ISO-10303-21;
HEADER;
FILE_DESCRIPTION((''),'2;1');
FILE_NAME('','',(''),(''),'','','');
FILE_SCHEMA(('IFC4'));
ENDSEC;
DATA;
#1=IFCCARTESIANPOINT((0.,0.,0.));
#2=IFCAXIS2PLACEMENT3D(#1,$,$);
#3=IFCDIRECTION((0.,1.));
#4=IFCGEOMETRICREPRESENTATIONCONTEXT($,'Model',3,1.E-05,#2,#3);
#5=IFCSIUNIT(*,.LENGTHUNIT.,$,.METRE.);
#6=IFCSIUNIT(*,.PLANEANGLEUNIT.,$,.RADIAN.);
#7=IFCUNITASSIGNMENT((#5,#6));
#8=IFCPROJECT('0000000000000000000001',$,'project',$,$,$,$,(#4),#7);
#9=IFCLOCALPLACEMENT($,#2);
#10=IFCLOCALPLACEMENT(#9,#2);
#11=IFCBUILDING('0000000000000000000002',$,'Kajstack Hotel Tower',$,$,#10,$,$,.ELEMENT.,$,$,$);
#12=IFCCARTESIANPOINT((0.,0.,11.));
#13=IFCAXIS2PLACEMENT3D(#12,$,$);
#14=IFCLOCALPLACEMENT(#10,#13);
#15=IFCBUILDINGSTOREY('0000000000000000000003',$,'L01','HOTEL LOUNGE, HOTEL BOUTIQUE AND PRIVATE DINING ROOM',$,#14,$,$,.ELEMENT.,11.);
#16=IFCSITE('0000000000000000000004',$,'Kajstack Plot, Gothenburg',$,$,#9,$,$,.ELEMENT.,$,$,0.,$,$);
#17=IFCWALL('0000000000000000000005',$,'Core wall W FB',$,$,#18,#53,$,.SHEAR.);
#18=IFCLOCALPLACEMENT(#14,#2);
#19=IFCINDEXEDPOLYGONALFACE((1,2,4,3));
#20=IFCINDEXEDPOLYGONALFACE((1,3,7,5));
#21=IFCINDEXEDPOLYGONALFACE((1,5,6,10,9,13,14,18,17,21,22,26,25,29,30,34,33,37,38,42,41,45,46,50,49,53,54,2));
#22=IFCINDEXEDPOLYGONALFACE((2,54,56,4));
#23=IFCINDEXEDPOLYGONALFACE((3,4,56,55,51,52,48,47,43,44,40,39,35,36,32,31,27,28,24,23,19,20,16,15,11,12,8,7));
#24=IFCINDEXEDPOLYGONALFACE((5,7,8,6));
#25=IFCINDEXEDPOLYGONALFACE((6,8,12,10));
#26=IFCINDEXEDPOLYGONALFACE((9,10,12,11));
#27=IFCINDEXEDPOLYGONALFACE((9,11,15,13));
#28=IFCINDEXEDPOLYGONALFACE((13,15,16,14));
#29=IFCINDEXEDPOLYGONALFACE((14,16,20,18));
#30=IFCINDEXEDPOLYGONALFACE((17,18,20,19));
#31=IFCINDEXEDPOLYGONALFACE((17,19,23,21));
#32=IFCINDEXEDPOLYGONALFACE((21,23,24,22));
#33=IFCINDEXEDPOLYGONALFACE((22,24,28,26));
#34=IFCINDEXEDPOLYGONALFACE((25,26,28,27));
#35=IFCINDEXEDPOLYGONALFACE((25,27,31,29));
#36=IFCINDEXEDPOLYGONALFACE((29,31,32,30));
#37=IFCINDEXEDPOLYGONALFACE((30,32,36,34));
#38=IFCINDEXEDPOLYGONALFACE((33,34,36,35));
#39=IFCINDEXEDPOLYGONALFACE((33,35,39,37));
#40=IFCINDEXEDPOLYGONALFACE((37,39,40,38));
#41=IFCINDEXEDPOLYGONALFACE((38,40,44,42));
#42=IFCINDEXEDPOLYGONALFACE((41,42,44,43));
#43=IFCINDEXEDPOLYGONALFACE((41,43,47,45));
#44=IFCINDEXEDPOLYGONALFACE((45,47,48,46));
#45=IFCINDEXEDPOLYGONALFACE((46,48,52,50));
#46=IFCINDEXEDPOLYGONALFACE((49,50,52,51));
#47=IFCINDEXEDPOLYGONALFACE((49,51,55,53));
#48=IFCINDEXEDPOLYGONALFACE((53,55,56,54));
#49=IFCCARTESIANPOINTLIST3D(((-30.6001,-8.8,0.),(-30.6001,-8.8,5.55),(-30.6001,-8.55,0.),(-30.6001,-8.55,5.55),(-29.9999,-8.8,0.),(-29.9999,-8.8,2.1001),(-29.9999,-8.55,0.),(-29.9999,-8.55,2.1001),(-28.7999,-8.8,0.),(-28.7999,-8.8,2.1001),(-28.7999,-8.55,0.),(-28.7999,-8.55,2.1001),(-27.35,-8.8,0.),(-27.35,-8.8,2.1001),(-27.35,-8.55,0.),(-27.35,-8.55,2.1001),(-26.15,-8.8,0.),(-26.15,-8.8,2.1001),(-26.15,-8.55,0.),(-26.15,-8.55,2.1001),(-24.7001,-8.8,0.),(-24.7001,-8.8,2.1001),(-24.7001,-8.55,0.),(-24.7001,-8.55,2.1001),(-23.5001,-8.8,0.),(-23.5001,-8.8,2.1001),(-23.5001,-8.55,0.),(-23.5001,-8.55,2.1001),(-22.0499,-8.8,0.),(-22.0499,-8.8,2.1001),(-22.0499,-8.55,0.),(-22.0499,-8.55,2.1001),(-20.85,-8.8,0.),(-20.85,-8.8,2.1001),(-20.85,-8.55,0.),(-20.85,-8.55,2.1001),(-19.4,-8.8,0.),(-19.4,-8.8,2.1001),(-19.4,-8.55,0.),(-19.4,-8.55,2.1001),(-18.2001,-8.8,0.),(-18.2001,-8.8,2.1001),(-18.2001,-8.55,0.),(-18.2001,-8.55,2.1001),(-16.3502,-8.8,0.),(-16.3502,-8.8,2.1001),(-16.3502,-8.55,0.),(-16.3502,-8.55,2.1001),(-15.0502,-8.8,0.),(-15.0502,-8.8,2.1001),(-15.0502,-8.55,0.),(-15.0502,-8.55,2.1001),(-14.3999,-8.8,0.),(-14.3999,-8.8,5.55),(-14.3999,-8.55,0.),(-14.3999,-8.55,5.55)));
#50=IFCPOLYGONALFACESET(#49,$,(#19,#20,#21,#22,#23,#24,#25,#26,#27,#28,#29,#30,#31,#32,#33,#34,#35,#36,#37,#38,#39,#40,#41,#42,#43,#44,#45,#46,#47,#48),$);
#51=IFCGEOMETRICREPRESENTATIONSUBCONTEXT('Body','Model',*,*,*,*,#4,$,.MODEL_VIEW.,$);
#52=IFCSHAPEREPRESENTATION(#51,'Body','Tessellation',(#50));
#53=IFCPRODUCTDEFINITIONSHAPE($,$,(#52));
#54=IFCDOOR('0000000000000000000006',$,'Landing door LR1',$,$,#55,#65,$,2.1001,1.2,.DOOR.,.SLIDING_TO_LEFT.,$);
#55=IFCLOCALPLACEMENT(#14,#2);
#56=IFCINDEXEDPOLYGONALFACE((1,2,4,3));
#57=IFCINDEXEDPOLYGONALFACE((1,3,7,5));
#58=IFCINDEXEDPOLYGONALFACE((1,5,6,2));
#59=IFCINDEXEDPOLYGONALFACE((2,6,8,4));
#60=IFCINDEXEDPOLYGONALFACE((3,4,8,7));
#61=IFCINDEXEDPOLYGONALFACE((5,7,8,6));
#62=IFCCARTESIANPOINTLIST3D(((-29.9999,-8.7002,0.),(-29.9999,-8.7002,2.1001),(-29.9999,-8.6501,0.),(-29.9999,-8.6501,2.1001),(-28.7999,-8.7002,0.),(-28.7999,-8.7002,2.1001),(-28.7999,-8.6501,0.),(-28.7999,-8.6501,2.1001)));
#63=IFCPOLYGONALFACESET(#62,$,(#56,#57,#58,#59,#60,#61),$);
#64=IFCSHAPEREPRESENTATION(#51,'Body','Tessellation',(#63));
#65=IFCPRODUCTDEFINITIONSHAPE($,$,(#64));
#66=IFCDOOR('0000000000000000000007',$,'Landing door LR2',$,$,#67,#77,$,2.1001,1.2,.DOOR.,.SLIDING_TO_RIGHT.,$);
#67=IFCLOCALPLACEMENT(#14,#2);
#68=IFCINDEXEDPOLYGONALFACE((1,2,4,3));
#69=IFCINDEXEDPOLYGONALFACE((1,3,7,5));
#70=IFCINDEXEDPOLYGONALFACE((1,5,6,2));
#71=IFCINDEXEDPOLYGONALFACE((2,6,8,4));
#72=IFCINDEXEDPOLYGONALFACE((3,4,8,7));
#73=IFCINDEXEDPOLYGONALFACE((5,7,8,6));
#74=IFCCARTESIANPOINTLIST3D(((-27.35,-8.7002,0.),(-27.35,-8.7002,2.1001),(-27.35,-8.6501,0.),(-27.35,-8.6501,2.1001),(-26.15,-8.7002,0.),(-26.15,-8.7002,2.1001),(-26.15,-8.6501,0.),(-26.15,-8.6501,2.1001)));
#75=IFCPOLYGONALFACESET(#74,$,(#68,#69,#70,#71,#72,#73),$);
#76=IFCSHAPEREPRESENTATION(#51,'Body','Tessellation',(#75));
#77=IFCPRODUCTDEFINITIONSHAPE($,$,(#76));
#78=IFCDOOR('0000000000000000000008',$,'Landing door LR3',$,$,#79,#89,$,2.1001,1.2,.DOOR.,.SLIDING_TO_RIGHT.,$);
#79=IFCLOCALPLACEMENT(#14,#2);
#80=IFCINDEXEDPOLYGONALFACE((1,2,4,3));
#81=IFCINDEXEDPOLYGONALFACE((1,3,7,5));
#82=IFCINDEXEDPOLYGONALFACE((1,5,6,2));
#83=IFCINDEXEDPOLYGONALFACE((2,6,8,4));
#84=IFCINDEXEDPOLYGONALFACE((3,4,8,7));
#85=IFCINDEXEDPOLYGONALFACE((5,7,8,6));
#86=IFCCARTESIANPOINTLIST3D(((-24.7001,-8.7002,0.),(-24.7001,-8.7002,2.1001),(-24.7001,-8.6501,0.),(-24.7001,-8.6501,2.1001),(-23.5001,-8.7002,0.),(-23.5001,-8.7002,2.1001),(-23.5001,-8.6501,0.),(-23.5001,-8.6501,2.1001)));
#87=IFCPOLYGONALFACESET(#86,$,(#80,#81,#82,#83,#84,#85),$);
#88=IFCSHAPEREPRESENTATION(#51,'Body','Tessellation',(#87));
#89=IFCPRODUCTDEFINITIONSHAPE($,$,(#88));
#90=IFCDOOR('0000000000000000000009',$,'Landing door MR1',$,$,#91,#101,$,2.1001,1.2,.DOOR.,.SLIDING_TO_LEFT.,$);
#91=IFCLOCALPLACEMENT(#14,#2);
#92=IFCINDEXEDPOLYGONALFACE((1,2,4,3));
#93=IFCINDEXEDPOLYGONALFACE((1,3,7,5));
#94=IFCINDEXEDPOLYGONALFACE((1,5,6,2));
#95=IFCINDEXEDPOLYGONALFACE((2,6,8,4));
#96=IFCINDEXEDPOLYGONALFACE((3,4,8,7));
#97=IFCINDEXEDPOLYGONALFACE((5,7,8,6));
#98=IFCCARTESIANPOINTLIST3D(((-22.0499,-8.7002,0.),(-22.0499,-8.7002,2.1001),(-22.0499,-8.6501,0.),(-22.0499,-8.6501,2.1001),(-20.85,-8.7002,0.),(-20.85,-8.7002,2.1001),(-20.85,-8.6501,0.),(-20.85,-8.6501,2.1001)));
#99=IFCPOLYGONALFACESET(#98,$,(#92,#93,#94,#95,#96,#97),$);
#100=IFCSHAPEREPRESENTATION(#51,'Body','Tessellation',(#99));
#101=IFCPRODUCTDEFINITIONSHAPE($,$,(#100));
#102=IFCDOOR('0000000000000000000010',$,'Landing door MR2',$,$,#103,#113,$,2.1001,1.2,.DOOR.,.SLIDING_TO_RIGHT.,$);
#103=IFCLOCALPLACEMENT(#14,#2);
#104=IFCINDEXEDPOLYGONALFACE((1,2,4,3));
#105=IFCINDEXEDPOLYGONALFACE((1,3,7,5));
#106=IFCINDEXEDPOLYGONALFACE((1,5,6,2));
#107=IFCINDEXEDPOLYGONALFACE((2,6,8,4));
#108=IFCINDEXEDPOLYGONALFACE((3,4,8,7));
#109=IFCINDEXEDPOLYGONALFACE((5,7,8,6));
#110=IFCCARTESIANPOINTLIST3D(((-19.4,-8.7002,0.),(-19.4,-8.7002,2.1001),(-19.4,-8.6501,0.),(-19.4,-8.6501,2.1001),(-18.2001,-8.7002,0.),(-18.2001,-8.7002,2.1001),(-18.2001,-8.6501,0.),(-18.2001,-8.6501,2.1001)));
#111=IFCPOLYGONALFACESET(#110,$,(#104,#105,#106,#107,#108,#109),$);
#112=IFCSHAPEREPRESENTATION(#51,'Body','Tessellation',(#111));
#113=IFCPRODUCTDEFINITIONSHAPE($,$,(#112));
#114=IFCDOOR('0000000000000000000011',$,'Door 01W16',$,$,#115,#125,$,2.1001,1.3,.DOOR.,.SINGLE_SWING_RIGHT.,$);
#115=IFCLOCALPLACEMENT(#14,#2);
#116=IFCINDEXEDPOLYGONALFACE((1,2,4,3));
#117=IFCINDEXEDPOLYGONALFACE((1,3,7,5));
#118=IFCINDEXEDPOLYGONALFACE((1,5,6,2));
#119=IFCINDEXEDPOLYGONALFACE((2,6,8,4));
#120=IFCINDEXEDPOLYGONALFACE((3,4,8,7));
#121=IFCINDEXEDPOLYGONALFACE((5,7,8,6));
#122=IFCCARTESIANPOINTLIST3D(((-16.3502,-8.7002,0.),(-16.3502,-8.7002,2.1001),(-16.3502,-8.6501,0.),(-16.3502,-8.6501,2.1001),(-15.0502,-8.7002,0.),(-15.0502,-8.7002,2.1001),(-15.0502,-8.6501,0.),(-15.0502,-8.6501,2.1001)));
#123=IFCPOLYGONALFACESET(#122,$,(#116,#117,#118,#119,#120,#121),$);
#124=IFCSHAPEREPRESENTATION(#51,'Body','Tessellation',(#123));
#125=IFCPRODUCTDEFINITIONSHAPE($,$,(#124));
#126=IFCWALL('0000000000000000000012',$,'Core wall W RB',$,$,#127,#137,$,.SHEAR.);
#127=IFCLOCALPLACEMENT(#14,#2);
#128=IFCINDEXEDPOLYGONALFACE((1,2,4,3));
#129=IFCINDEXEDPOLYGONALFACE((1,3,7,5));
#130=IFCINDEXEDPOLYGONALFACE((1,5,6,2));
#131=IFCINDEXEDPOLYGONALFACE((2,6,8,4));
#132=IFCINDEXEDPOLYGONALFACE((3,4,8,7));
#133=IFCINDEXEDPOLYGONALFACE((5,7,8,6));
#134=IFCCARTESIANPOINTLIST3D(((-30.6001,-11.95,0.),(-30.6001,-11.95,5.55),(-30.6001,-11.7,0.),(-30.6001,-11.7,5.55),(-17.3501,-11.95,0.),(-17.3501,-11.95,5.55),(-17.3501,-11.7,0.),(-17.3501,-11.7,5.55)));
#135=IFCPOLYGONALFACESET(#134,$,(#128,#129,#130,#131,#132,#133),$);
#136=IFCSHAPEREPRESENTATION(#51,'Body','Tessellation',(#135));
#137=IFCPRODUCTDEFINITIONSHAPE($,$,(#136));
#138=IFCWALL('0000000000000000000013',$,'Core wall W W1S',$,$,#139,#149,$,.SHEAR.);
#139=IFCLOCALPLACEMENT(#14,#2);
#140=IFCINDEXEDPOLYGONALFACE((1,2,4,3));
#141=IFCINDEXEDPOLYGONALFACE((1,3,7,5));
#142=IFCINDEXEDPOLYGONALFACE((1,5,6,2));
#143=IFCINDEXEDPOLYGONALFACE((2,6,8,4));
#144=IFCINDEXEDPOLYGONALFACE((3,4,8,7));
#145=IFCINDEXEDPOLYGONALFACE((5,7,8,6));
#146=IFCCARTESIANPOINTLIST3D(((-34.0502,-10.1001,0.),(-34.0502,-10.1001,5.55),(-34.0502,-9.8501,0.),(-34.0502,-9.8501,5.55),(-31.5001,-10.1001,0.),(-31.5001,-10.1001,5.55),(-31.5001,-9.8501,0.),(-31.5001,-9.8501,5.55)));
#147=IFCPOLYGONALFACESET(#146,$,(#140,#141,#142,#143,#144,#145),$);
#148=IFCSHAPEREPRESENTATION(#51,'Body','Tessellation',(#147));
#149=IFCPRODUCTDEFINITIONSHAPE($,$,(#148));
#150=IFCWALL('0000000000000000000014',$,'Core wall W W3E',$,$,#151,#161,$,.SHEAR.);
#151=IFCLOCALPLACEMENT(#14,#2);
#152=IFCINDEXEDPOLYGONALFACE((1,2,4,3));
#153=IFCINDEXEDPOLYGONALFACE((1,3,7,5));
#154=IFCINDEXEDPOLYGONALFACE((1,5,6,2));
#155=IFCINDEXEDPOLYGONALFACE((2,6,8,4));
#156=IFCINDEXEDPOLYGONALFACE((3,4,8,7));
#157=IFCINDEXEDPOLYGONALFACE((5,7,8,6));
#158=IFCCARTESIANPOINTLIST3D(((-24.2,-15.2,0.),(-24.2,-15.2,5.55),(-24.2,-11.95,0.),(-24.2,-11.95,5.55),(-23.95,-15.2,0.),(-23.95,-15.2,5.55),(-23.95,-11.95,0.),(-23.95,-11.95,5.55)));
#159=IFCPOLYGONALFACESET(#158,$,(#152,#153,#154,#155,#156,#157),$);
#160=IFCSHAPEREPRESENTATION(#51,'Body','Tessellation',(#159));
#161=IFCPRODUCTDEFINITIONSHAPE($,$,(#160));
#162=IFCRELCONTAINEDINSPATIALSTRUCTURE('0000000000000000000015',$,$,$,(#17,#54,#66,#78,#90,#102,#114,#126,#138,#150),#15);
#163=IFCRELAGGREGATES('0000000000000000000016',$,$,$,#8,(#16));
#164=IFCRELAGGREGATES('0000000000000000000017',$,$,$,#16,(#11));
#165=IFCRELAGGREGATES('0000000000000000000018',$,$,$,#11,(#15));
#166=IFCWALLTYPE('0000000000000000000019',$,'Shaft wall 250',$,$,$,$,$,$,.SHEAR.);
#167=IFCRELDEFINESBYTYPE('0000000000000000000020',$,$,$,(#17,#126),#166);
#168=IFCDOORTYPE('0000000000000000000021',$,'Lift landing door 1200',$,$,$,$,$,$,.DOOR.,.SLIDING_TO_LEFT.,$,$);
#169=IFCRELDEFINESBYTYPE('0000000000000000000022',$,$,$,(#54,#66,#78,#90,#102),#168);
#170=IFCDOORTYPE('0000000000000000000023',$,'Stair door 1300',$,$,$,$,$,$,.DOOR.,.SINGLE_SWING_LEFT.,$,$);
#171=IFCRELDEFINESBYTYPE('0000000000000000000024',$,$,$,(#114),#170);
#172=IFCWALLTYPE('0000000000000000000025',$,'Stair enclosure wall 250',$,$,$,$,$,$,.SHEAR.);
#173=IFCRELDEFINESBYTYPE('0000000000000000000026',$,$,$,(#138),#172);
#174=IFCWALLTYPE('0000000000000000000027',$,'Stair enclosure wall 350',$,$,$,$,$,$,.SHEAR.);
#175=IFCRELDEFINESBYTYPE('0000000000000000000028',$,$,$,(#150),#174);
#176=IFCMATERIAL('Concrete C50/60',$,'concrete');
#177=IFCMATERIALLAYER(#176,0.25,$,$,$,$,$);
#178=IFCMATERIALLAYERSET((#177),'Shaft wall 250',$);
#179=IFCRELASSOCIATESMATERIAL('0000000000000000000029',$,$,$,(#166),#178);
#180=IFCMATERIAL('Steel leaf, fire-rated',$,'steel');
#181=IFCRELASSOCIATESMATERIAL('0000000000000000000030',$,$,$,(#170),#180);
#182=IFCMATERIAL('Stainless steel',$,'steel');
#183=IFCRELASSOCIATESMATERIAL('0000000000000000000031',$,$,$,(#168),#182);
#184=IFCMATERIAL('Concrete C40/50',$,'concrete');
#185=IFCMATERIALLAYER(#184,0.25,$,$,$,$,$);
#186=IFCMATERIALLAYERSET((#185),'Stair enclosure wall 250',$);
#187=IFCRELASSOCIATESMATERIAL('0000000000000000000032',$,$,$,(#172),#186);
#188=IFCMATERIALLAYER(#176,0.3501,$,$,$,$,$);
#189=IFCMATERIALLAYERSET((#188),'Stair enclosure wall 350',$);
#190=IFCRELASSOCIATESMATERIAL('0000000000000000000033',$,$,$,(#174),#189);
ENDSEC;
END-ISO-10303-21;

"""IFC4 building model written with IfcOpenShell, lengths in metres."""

from ifc_helpers import new_model, si_unit, direction, frame, frame_2d, origin, place, context, subcontext, project, spatial, rectangle, extrude, material, layer, layer_set, type_object, element, fill, save


model = new_model("IFC4")

# Units and contexts
model_context = context("Model", 3, precision=1e-05, world=origin(), true_north=direction((0.0, 1.0)))
body_context = subcontext(model_context, "Body", "Model", "MODEL_VIEW")
ifc_project = project(units=[si_unit("LENGTHUNIT", "METRE"), si_unit("PLANEANGLEUNIT", "RADIAN")], contexts=[model_context])

# Site, building, storey
site_placement = place(None, origin())
site = spatial("IfcSite", under=ifc_project, at=site_placement, Name="Kajstack Plot, Gothenburg", CompositionType="ELEMENT", RefElevation=0.0)
building_placement = place(site_placement, origin())
building = spatial("IfcBuilding", under=site, at=building_placement, Name="Kajstack Hotel Tower", CompositionType="ELEMENT")
storey_placement = place(building_placement, frame((0.0, 0.0, 11.0)))
storey = spatial("IfcBuildingStorey", under=building, at=storey_placement, Name="L01", Description="HOTEL LOUNGE, HOTEL BOUTIQUE AND PRIVATE DINING ROOM", CompositionType="ELEMENT", Elevation=11.0)

# Shared definitions
ifc_material_1 = material(Name="Stainless steel", Category="steel")

# Shared definitions
ifc_material_2 = material(Name="Concrete C40/50", Category="concrete")
ifc_material_3 = material(Name="Concrete C50/60", Category="concrete")

# Wall, openings, doors
ifc_layer_1 = layer(ifc_material_3, 0.25)
ifc_layer_set_1 = layer_set([ifc_layer_1], Name="Shaft wall 250")
wall_type_1 = type_object("IfcWallType", Name="Shaft wall 250", PredefinedType="SHEAR", material=ifc_layer_set_1)
ifc_material_4 = material(Name="Steel leaf, fire-rated", Category="steel")
door_type_1 = type_object("IfcDoorType", Name="Stair door 1300", OperationType="SINGLE_SWING_LEFT", PredefinedType="DOOR", material=ifc_material_4)
wall_1_placement = place(storey_placement, frame((-30.6001, -8.675, 0.0), z_axis=(0.0, 0.0, 1.0), x_axis=(1.0, 0.0, 0.0)))
wall_1 = element("IfcWall", 1, at=wall_1_placement, inside=storey, type_object=wall_type_1, Name="Core wall W FB", PredefinedType="SHEAR", context=body_context, shape_type="SweptSolid", body=[
    extrude(rectangle(XDim=16.2002, YDim=0.25, at=frame_2d((8.1001, 0.0))), origin(), (0.0, 0.0, 1.0), 5.55),
])
opening_1_placement = place(wall_1_placement, frame((0.6001, 0.0, 0.0)))
opening_1 = element("IfcOpeningElement", 2, at=opening_1_placement, cuts=wall_1, PredefinedType="OPENING", context=body_context, shape_type="SweptSolid", body=[
    extrude(rectangle(XDim=1.2, YDim=2.1001, at=frame_2d((0.6001, 1.05))), frame((0.0, 0.135, 0.0), z_axis=(0.0, -1.0, 0.0), x_axis=(1.0, 0.0, 0.0)), (0.0, 0.0, 1.0), 0.27),
])
opening_2_placement = place(wall_1_placement, frame((3.25, 0.0, 0.0)))
opening_2 = element("IfcOpeningElement", 3, at=opening_2_placement, cuts=wall_1, PredefinedType="OPENING", context=body_context, shape_type="SweptSolid", body=[
    extrude(rectangle(XDim=1.2, YDim=2.1001, at=frame_2d((0.6001, 1.05))), frame((0.0, 0.135, 0.0), z_axis=(0.0, -1.0, 0.0), x_axis=(1.0, 0.0, 0.0)), (0.0, 0.0, 1.0), 0.27),
])
opening_3_placement = place(wall_1_placement, frame((5.8999, 0.0, 0.0)))
opening_3 = element("IfcOpeningElement", 4, at=opening_3_placement, cuts=wall_1, PredefinedType="OPENING", context=body_context, shape_type="SweptSolid", body=[
    extrude(rectangle(XDim=1.2, YDim=2.1001, at=frame_2d((0.6001, 1.05))), frame((0.0, 0.135, 0.0), z_axis=(0.0, -1.0, 0.0), x_axis=(1.0, 0.0, 0.0)), (0.0, 0.0, 1.0), 0.27),
])
opening_4_placement = place(wall_1_placement, frame((8.55, 0.0, 0.0)))
opening_4 = element("IfcOpeningElement", 5, at=opening_4_placement, cuts=wall_1, PredefinedType="OPENING", context=body_context, shape_type="SweptSolid", body=[
    extrude(rectangle(XDim=1.2, YDim=2.1001, at=frame_2d((0.6001, 1.05))), frame((0.0, 0.135, 0.0), z_axis=(0.0, -1.0, 0.0), x_axis=(1.0, 0.0, 0.0)), (0.0, 0.0, 1.0), 0.27),
])
opening_5_placement = place(wall_1_placement, frame((11.2, 0.0, 0.0)))
opening_5 = element("IfcOpeningElement", 6, at=opening_5_placement, cuts=wall_1, PredefinedType="OPENING", context=body_context, shape_type="SweptSolid", body=[
    extrude(rectangle(XDim=1.2, YDim=2.1001, at=frame_2d((0.6001, 1.05))), frame((0.0, 0.135, 0.0), z_axis=(0.0, -1.0, 0.0), x_axis=(1.0, 0.0, 0.0)), (0.0, 0.0, 1.0), 0.27),
])
opening_6_placement = place(wall_1_placement, frame((14.25, 0.0, 0.0)))
opening_6 = element("IfcOpeningElement", 7, at=opening_6_placement, cuts=wall_1, PredefinedType="OPENING", context=body_context, shape_type="SweptSolid", body=[
    extrude(rectangle(XDim=1.3, YDim=2.1001, at=frame_2d((0.6499, 1.05))), frame((0.0, 0.135, 0.0), z_axis=(0.0, -1.0, 0.0), x_axis=(1.0, 0.0, 0.0)), (0.0, 0.0, 1.0), 0.27),
])
door_type_2 = type_object("IfcDoorType", Name="Lift landing door 1200", OperationType="SLIDING_TO_LEFT", PredefinedType="DOOR", material=ifc_material_1)
door_1_placement = place(opening_1_placement, origin())
door_1 = element("IfcDoor", 8, at=door_1_placement, inside=storey, type_object=door_type_2, Name="Landing door LR1", OperationType="SLIDING_TO_LEFT", OverallHeight=2.1001, OverallWidth=1.2, PredefinedType="DOOR", context=body_context, shape_type="SweptSolid", body=[
    extrude(rectangle(XDim=1.2, YDim=2.1001, at=frame_2d((0.6001, 1.05))), frame((0.0, 0.0249, 0.0), z_axis=(0.0, -1.0, 0.0), x_axis=(1.0, 0.0, 0.0)), (0.0, 0.0, 1.0), 0.05),
])
fill(opening_1, door_1)
door_2_placement = place(opening_2_placement, origin())
door_2 = element("IfcDoor", 9, at=door_2_placement, inside=storey, type_object=door_type_2, Name="Landing door LR2", OperationType="SLIDING_TO_RIGHT", OverallHeight=2.1001, OverallWidth=1.2, PredefinedType="DOOR", context=body_context, shape_type="SweptSolid", body=[
    extrude(rectangle(XDim=1.2, YDim=2.1001, at=frame_2d((0.6001, 1.05))), frame((0.0, 0.0249, 0.0), z_axis=(0.0, -1.0, 0.0), x_axis=(1.0, 0.0, 0.0)), (0.0, 0.0, 1.0), 0.05),
])
fill(opening_2, door_2)
door_3_placement = place(opening_3_placement, origin())
door_3 = element("IfcDoor", 10, at=door_3_placement, inside=storey, type_object=door_type_2, Name="Landing door LR3", OperationType="SLIDING_TO_RIGHT", OverallHeight=2.1001, OverallWidth=1.2, PredefinedType="DOOR", context=body_context, shape_type="SweptSolid", body=[
    extrude(rectangle(XDim=1.2, YDim=2.1001, at=frame_2d((0.6001, 1.05))), frame((0.0, 0.0249, 0.0), z_axis=(0.0, -1.0, 0.0), x_axis=(1.0, 0.0, 0.0)), (0.0, 0.0, 1.0), 0.05),
])
fill(opening_3, door_3)
door_4_placement = place(opening_4_placement, origin())
door_4 = element("IfcDoor", 11, at=door_4_placement, inside=storey, type_object=door_type_2, Name="Landing door MR1", OperationType="SLIDING_TO_LEFT", OverallHeight=2.1001, OverallWidth=1.2, PredefinedType="DOOR", context=body_context, shape_type="SweptSolid", body=[
    extrude(rectangle(XDim=1.2, YDim=2.1001, at=frame_2d((0.6001, 1.05))), frame((0.0, 0.0249, 0.0), z_axis=(0.0, -1.0, 0.0), x_axis=(1.0, 0.0, 0.0)), (0.0, 0.0, 1.0), 0.05),
])
fill(opening_4, door_4)
door_5_placement = place(opening_5_placement, origin())
door_5 = element("IfcDoor", 12, at=door_5_placement, inside=storey, type_object=door_type_2, Name="Landing door MR2", OperationType="SLIDING_TO_RIGHT", OverallHeight=2.1001, OverallWidth=1.2, PredefinedType="DOOR", context=body_context, shape_type="SweptSolid", body=[
    extrude(rectangle(XDim=1.2, YDim=2.1001, at=frame_2d((0.6001, 1.05))), frame((0.0, 0.0249, 0.0), z_axis=(0.0, -1.0, 0.0), x_axis=(1.0, 0.0, 0.0)), (0.0, 0.0, 1.0), 0.05),
])
fill(opening_5, door_5)
door_6_placement = place(opening_6_placement, origin())
door_6 = element("IfcDoor", 13, at=door_6_placement, inside=storey, type_object=door_type_1, Name="Door 01W16", OperationType="SINGLE_SWING_RIGHT", OverallHeight=2.1001, OverallWidth=1.3, PredefinedType="DOOR", context=body_context, shape_type="SweptSolid", body=[
    extrude(rectangle(XDim=1.3, YDim=2.1001, at=frame_2d((0.6499, 1.05))), frame((0.0, 0.0249, 0.0), z_axis=(0.0, -1.0, 0.0), x_axis=(1.0, 0.0, 0.0)), (0.0, 0.0, 1.0), 0.05),
])
fill(opening_6, door_6)

# Walls
wall_2_placement = place(storey_placement, frame((-30.6001, -11.825, 0.0), z_axis=(0.0, 0.0, 1.0), x_axis=(1.0, 0.0, 0.0)))
element("IfcWall", 14, at=wall_2_placement, inside=storey, type_object=wall_type_1, Name="Core wall W RB", PredefinedType="SHEAR", context=body_context, shape_type="SweptSolid", body=[
    extrude(rectangle(XDim=13.25, YDim=0.25, at=frame_2d((6.625, 0.0))), origin(), (0.0, 0.0, 1.0), 5.55),
])
ifc_layer_2 = layer(ifc_material_2, 0.25)
ifc_layer_set_2 = layer_set([ifc_layer_2], Name="Stair enclosure wall 250")
wall_type_2 = type_object("IfcWallType", Name="Stair enclosure wall 250", PredefinedType="SHEAR", material=ifc_layer_set_2)
wall_3_placement = place(storey_placement, frame((-34.05, -9.9751, 0.0), z_axis=(0.0, 0.0, 1.0), x_axis=(1.0, 0.0, 0.0)))
element("IfcWall", 15, at=wall_3_placement, inside=storey, type_object=wall_type_2, Name="Core wall W W1S", PredefinedType="SHEAR", context=body_context, shape_type="SweptSolid", body=[
    extrude(rectangle(XDim=2.55, YDim=0.25, at=frame_2d((1.2749, 0.0))), origin(), (0.0, 0.0, 1.0), 5.55),
])
ifc_layer_3 = layer(ifc_material_3, 0.3501)
ifc_layer_set_3 = layer_set([ifc_layer_3], Name="Stair enclosure wall 350")
wall_type_3 = type_object("IfcWallType", Name="Stair enclosure wall 350", PredefinedType="SHEAR", material=ifc_layer_set_3)
wall_4_placement = place(storey_placement, frame((-24.075, -15.2, 0.0), z_axis=(0.0, 0.0, 1.0), x_axis=(0.0, 1.0, 0.0)))
element("IfcWall", 16, at=wall_4_placement, inside=storey, type_object=wall_type_3, Name="Core wall W W3E", PredefinedType="SHEAR", context=body_context, shape_type="SweptSolid", body=[
    extrude(rectangle(XDim=3.25, YDim=0.25, at=frame_2d((1.625, 0.0))), origin(), (0.0, 0.0, 1.0), 5.55),
])

save(model, "model.ifc")
